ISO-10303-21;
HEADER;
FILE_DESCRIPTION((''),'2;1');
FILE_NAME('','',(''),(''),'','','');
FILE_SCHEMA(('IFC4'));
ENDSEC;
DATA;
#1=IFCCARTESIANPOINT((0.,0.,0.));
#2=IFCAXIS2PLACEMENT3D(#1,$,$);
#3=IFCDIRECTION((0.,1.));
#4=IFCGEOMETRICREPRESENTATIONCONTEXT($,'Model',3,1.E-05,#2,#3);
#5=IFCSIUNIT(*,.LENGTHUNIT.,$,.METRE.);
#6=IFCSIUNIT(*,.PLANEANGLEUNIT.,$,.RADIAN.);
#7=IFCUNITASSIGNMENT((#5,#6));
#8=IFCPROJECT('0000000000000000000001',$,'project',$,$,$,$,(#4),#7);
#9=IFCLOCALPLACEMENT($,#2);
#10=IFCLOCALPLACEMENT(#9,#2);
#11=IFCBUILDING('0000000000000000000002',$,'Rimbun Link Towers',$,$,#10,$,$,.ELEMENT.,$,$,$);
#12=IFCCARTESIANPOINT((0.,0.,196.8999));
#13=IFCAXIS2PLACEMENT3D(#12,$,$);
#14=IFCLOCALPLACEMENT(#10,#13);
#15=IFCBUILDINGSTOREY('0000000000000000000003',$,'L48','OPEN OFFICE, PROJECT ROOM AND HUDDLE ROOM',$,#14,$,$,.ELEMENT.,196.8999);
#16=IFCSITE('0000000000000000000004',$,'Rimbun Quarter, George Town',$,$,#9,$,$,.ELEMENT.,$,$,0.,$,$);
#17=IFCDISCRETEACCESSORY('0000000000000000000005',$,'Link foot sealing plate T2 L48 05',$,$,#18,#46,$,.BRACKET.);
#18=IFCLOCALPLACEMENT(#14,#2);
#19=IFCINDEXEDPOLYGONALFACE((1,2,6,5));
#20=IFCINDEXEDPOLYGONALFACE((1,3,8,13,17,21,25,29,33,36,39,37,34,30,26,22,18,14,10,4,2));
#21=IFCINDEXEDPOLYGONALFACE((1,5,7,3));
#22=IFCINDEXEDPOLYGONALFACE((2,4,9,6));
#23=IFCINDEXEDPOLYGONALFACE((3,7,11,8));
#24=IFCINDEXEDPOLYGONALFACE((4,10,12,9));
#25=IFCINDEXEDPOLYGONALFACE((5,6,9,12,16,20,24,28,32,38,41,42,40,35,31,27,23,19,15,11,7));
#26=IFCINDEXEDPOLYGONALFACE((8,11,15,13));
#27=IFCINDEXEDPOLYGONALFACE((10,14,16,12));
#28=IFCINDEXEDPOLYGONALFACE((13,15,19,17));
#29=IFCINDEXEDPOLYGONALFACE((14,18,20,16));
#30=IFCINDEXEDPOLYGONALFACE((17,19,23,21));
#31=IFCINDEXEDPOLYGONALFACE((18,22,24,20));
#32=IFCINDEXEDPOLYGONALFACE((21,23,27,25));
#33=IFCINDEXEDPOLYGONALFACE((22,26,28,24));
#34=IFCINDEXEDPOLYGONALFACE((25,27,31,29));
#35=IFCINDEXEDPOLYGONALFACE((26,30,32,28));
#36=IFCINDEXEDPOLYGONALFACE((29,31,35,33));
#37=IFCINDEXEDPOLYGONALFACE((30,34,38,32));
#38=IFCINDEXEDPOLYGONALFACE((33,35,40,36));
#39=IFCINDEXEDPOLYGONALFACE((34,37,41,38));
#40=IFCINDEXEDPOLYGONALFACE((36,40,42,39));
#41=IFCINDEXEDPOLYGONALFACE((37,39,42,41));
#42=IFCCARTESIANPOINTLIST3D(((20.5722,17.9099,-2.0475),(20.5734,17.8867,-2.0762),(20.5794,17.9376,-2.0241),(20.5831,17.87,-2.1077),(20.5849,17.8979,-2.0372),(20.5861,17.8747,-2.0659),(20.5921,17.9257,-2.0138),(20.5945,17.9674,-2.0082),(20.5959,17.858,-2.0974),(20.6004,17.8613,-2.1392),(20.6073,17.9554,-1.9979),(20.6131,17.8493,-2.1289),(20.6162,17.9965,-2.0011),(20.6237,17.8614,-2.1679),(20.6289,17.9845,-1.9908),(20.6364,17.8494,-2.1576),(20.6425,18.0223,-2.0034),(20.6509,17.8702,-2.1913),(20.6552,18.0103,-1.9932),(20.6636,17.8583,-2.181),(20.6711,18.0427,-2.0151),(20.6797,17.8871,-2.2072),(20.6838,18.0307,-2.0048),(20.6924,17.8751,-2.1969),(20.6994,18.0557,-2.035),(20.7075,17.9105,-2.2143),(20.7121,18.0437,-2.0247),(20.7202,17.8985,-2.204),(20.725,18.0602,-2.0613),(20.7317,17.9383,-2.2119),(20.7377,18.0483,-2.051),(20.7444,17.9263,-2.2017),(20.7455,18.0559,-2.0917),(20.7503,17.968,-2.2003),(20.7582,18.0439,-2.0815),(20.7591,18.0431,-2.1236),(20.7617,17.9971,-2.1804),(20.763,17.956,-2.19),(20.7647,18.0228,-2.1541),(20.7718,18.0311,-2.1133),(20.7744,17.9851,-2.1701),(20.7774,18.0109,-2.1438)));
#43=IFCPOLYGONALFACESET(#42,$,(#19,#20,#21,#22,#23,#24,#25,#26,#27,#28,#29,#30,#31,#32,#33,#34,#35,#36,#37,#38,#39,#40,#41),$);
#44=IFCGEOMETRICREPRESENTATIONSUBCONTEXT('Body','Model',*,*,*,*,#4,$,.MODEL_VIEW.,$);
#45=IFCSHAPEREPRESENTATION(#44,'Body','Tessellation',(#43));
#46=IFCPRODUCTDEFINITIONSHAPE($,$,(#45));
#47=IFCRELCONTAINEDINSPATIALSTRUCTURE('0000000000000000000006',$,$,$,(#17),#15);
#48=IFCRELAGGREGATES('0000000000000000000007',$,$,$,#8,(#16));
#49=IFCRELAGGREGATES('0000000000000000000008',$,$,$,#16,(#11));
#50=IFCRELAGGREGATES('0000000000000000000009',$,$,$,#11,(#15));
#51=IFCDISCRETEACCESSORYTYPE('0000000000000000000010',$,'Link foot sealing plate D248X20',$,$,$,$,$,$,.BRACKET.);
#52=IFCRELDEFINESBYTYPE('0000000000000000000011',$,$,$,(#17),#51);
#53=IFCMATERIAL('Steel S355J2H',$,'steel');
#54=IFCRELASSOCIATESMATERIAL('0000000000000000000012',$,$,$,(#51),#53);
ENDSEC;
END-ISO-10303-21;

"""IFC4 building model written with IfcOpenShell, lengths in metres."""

from ifc_helpers import new_model, si_unit, direction, frame, origin, origin_2d, place, context, subcontext, project, spatial, circle, extrude, material, material_profile, profile_set, type_object, element, save


model = new_model("IFC4")

# Units and contexts
model_context = context("Model", 3, precision=1e-05, world=origin(), true_north=direction((0.0, 1.0)))
body_context = subcontext(model_context, "Body", "Model", "MODEL_VIEW")
ifc_project = project(units=[si_unit("LENGTHUNIT", "METRE"), si_unit("PLANEANGLEUNIT", "RADIAN")], contexts=[model_context])

# Site, building, storey
site_placement = place(None, origin())
site = spatial("IfcSite", under=ifc_project, at=site_placement, Name="Rimbun Quarter, George Town", CompositionType="ELEMENT", RefElevation=0.0)
building_placement = place(site_placement, origin())
building = spatial("IfcBuilding", under=site, at=building_placement, Name="Rimbun Link Towers", CompositionType="ELEMENT")
storey_placement = place(building_placement, frame((0.0, 0.0, 196.8999)))
storey = spatial("IfcBuildingStorey", under=building, at=storey_placement, Name="L48", Description="OPEN OFFICE, PROJECT ROOM AND HUDDLE ROOM", CompositionType="ELEMENT", Elevation=196.8999)

# Discrete accessory
ifc_material_1 = material(Name="Steel S355J2H", Category="steel")
ifc_material_profile_1 = material_profile(ifc_material_1, circle(Radius=0.124, at=origin_2d()), Name="PL D248")
ifc_profile_set_1 = profile_set([ifc_material_profile_1], Name="Steel S355J2H")
discrete_accessory_type = type_object("IfcDiscreteAccessoryType", Name="Link foot sealing plate D248X20", PredefinedType="BRACKET", material=ifc_profile_set_1)
discrete_accessory_placement = place(storey_placement, frame((20.6809, 17.9482, -2.0974), z_axis=(-0.627417, 0.59122, -0.50676), x_axis=(-0.685801, -0.727789, 0.0)))
element("IfcDiscreteAccessory", 1, at=discrete_accessory_placement, inside=storey, type_object=discrete_accessory_type, Name="Link foot sealing plate T2 L48 05", PredefinedType="BRACKET", context=body_context, shape_type="SweptSolid", body=[
    extrude(circle(Radius=0.124, at=origin_2d()), origin(), (0.0, 0.0, 1.0), 0.0203),
])

save(model, "model.ifc")
